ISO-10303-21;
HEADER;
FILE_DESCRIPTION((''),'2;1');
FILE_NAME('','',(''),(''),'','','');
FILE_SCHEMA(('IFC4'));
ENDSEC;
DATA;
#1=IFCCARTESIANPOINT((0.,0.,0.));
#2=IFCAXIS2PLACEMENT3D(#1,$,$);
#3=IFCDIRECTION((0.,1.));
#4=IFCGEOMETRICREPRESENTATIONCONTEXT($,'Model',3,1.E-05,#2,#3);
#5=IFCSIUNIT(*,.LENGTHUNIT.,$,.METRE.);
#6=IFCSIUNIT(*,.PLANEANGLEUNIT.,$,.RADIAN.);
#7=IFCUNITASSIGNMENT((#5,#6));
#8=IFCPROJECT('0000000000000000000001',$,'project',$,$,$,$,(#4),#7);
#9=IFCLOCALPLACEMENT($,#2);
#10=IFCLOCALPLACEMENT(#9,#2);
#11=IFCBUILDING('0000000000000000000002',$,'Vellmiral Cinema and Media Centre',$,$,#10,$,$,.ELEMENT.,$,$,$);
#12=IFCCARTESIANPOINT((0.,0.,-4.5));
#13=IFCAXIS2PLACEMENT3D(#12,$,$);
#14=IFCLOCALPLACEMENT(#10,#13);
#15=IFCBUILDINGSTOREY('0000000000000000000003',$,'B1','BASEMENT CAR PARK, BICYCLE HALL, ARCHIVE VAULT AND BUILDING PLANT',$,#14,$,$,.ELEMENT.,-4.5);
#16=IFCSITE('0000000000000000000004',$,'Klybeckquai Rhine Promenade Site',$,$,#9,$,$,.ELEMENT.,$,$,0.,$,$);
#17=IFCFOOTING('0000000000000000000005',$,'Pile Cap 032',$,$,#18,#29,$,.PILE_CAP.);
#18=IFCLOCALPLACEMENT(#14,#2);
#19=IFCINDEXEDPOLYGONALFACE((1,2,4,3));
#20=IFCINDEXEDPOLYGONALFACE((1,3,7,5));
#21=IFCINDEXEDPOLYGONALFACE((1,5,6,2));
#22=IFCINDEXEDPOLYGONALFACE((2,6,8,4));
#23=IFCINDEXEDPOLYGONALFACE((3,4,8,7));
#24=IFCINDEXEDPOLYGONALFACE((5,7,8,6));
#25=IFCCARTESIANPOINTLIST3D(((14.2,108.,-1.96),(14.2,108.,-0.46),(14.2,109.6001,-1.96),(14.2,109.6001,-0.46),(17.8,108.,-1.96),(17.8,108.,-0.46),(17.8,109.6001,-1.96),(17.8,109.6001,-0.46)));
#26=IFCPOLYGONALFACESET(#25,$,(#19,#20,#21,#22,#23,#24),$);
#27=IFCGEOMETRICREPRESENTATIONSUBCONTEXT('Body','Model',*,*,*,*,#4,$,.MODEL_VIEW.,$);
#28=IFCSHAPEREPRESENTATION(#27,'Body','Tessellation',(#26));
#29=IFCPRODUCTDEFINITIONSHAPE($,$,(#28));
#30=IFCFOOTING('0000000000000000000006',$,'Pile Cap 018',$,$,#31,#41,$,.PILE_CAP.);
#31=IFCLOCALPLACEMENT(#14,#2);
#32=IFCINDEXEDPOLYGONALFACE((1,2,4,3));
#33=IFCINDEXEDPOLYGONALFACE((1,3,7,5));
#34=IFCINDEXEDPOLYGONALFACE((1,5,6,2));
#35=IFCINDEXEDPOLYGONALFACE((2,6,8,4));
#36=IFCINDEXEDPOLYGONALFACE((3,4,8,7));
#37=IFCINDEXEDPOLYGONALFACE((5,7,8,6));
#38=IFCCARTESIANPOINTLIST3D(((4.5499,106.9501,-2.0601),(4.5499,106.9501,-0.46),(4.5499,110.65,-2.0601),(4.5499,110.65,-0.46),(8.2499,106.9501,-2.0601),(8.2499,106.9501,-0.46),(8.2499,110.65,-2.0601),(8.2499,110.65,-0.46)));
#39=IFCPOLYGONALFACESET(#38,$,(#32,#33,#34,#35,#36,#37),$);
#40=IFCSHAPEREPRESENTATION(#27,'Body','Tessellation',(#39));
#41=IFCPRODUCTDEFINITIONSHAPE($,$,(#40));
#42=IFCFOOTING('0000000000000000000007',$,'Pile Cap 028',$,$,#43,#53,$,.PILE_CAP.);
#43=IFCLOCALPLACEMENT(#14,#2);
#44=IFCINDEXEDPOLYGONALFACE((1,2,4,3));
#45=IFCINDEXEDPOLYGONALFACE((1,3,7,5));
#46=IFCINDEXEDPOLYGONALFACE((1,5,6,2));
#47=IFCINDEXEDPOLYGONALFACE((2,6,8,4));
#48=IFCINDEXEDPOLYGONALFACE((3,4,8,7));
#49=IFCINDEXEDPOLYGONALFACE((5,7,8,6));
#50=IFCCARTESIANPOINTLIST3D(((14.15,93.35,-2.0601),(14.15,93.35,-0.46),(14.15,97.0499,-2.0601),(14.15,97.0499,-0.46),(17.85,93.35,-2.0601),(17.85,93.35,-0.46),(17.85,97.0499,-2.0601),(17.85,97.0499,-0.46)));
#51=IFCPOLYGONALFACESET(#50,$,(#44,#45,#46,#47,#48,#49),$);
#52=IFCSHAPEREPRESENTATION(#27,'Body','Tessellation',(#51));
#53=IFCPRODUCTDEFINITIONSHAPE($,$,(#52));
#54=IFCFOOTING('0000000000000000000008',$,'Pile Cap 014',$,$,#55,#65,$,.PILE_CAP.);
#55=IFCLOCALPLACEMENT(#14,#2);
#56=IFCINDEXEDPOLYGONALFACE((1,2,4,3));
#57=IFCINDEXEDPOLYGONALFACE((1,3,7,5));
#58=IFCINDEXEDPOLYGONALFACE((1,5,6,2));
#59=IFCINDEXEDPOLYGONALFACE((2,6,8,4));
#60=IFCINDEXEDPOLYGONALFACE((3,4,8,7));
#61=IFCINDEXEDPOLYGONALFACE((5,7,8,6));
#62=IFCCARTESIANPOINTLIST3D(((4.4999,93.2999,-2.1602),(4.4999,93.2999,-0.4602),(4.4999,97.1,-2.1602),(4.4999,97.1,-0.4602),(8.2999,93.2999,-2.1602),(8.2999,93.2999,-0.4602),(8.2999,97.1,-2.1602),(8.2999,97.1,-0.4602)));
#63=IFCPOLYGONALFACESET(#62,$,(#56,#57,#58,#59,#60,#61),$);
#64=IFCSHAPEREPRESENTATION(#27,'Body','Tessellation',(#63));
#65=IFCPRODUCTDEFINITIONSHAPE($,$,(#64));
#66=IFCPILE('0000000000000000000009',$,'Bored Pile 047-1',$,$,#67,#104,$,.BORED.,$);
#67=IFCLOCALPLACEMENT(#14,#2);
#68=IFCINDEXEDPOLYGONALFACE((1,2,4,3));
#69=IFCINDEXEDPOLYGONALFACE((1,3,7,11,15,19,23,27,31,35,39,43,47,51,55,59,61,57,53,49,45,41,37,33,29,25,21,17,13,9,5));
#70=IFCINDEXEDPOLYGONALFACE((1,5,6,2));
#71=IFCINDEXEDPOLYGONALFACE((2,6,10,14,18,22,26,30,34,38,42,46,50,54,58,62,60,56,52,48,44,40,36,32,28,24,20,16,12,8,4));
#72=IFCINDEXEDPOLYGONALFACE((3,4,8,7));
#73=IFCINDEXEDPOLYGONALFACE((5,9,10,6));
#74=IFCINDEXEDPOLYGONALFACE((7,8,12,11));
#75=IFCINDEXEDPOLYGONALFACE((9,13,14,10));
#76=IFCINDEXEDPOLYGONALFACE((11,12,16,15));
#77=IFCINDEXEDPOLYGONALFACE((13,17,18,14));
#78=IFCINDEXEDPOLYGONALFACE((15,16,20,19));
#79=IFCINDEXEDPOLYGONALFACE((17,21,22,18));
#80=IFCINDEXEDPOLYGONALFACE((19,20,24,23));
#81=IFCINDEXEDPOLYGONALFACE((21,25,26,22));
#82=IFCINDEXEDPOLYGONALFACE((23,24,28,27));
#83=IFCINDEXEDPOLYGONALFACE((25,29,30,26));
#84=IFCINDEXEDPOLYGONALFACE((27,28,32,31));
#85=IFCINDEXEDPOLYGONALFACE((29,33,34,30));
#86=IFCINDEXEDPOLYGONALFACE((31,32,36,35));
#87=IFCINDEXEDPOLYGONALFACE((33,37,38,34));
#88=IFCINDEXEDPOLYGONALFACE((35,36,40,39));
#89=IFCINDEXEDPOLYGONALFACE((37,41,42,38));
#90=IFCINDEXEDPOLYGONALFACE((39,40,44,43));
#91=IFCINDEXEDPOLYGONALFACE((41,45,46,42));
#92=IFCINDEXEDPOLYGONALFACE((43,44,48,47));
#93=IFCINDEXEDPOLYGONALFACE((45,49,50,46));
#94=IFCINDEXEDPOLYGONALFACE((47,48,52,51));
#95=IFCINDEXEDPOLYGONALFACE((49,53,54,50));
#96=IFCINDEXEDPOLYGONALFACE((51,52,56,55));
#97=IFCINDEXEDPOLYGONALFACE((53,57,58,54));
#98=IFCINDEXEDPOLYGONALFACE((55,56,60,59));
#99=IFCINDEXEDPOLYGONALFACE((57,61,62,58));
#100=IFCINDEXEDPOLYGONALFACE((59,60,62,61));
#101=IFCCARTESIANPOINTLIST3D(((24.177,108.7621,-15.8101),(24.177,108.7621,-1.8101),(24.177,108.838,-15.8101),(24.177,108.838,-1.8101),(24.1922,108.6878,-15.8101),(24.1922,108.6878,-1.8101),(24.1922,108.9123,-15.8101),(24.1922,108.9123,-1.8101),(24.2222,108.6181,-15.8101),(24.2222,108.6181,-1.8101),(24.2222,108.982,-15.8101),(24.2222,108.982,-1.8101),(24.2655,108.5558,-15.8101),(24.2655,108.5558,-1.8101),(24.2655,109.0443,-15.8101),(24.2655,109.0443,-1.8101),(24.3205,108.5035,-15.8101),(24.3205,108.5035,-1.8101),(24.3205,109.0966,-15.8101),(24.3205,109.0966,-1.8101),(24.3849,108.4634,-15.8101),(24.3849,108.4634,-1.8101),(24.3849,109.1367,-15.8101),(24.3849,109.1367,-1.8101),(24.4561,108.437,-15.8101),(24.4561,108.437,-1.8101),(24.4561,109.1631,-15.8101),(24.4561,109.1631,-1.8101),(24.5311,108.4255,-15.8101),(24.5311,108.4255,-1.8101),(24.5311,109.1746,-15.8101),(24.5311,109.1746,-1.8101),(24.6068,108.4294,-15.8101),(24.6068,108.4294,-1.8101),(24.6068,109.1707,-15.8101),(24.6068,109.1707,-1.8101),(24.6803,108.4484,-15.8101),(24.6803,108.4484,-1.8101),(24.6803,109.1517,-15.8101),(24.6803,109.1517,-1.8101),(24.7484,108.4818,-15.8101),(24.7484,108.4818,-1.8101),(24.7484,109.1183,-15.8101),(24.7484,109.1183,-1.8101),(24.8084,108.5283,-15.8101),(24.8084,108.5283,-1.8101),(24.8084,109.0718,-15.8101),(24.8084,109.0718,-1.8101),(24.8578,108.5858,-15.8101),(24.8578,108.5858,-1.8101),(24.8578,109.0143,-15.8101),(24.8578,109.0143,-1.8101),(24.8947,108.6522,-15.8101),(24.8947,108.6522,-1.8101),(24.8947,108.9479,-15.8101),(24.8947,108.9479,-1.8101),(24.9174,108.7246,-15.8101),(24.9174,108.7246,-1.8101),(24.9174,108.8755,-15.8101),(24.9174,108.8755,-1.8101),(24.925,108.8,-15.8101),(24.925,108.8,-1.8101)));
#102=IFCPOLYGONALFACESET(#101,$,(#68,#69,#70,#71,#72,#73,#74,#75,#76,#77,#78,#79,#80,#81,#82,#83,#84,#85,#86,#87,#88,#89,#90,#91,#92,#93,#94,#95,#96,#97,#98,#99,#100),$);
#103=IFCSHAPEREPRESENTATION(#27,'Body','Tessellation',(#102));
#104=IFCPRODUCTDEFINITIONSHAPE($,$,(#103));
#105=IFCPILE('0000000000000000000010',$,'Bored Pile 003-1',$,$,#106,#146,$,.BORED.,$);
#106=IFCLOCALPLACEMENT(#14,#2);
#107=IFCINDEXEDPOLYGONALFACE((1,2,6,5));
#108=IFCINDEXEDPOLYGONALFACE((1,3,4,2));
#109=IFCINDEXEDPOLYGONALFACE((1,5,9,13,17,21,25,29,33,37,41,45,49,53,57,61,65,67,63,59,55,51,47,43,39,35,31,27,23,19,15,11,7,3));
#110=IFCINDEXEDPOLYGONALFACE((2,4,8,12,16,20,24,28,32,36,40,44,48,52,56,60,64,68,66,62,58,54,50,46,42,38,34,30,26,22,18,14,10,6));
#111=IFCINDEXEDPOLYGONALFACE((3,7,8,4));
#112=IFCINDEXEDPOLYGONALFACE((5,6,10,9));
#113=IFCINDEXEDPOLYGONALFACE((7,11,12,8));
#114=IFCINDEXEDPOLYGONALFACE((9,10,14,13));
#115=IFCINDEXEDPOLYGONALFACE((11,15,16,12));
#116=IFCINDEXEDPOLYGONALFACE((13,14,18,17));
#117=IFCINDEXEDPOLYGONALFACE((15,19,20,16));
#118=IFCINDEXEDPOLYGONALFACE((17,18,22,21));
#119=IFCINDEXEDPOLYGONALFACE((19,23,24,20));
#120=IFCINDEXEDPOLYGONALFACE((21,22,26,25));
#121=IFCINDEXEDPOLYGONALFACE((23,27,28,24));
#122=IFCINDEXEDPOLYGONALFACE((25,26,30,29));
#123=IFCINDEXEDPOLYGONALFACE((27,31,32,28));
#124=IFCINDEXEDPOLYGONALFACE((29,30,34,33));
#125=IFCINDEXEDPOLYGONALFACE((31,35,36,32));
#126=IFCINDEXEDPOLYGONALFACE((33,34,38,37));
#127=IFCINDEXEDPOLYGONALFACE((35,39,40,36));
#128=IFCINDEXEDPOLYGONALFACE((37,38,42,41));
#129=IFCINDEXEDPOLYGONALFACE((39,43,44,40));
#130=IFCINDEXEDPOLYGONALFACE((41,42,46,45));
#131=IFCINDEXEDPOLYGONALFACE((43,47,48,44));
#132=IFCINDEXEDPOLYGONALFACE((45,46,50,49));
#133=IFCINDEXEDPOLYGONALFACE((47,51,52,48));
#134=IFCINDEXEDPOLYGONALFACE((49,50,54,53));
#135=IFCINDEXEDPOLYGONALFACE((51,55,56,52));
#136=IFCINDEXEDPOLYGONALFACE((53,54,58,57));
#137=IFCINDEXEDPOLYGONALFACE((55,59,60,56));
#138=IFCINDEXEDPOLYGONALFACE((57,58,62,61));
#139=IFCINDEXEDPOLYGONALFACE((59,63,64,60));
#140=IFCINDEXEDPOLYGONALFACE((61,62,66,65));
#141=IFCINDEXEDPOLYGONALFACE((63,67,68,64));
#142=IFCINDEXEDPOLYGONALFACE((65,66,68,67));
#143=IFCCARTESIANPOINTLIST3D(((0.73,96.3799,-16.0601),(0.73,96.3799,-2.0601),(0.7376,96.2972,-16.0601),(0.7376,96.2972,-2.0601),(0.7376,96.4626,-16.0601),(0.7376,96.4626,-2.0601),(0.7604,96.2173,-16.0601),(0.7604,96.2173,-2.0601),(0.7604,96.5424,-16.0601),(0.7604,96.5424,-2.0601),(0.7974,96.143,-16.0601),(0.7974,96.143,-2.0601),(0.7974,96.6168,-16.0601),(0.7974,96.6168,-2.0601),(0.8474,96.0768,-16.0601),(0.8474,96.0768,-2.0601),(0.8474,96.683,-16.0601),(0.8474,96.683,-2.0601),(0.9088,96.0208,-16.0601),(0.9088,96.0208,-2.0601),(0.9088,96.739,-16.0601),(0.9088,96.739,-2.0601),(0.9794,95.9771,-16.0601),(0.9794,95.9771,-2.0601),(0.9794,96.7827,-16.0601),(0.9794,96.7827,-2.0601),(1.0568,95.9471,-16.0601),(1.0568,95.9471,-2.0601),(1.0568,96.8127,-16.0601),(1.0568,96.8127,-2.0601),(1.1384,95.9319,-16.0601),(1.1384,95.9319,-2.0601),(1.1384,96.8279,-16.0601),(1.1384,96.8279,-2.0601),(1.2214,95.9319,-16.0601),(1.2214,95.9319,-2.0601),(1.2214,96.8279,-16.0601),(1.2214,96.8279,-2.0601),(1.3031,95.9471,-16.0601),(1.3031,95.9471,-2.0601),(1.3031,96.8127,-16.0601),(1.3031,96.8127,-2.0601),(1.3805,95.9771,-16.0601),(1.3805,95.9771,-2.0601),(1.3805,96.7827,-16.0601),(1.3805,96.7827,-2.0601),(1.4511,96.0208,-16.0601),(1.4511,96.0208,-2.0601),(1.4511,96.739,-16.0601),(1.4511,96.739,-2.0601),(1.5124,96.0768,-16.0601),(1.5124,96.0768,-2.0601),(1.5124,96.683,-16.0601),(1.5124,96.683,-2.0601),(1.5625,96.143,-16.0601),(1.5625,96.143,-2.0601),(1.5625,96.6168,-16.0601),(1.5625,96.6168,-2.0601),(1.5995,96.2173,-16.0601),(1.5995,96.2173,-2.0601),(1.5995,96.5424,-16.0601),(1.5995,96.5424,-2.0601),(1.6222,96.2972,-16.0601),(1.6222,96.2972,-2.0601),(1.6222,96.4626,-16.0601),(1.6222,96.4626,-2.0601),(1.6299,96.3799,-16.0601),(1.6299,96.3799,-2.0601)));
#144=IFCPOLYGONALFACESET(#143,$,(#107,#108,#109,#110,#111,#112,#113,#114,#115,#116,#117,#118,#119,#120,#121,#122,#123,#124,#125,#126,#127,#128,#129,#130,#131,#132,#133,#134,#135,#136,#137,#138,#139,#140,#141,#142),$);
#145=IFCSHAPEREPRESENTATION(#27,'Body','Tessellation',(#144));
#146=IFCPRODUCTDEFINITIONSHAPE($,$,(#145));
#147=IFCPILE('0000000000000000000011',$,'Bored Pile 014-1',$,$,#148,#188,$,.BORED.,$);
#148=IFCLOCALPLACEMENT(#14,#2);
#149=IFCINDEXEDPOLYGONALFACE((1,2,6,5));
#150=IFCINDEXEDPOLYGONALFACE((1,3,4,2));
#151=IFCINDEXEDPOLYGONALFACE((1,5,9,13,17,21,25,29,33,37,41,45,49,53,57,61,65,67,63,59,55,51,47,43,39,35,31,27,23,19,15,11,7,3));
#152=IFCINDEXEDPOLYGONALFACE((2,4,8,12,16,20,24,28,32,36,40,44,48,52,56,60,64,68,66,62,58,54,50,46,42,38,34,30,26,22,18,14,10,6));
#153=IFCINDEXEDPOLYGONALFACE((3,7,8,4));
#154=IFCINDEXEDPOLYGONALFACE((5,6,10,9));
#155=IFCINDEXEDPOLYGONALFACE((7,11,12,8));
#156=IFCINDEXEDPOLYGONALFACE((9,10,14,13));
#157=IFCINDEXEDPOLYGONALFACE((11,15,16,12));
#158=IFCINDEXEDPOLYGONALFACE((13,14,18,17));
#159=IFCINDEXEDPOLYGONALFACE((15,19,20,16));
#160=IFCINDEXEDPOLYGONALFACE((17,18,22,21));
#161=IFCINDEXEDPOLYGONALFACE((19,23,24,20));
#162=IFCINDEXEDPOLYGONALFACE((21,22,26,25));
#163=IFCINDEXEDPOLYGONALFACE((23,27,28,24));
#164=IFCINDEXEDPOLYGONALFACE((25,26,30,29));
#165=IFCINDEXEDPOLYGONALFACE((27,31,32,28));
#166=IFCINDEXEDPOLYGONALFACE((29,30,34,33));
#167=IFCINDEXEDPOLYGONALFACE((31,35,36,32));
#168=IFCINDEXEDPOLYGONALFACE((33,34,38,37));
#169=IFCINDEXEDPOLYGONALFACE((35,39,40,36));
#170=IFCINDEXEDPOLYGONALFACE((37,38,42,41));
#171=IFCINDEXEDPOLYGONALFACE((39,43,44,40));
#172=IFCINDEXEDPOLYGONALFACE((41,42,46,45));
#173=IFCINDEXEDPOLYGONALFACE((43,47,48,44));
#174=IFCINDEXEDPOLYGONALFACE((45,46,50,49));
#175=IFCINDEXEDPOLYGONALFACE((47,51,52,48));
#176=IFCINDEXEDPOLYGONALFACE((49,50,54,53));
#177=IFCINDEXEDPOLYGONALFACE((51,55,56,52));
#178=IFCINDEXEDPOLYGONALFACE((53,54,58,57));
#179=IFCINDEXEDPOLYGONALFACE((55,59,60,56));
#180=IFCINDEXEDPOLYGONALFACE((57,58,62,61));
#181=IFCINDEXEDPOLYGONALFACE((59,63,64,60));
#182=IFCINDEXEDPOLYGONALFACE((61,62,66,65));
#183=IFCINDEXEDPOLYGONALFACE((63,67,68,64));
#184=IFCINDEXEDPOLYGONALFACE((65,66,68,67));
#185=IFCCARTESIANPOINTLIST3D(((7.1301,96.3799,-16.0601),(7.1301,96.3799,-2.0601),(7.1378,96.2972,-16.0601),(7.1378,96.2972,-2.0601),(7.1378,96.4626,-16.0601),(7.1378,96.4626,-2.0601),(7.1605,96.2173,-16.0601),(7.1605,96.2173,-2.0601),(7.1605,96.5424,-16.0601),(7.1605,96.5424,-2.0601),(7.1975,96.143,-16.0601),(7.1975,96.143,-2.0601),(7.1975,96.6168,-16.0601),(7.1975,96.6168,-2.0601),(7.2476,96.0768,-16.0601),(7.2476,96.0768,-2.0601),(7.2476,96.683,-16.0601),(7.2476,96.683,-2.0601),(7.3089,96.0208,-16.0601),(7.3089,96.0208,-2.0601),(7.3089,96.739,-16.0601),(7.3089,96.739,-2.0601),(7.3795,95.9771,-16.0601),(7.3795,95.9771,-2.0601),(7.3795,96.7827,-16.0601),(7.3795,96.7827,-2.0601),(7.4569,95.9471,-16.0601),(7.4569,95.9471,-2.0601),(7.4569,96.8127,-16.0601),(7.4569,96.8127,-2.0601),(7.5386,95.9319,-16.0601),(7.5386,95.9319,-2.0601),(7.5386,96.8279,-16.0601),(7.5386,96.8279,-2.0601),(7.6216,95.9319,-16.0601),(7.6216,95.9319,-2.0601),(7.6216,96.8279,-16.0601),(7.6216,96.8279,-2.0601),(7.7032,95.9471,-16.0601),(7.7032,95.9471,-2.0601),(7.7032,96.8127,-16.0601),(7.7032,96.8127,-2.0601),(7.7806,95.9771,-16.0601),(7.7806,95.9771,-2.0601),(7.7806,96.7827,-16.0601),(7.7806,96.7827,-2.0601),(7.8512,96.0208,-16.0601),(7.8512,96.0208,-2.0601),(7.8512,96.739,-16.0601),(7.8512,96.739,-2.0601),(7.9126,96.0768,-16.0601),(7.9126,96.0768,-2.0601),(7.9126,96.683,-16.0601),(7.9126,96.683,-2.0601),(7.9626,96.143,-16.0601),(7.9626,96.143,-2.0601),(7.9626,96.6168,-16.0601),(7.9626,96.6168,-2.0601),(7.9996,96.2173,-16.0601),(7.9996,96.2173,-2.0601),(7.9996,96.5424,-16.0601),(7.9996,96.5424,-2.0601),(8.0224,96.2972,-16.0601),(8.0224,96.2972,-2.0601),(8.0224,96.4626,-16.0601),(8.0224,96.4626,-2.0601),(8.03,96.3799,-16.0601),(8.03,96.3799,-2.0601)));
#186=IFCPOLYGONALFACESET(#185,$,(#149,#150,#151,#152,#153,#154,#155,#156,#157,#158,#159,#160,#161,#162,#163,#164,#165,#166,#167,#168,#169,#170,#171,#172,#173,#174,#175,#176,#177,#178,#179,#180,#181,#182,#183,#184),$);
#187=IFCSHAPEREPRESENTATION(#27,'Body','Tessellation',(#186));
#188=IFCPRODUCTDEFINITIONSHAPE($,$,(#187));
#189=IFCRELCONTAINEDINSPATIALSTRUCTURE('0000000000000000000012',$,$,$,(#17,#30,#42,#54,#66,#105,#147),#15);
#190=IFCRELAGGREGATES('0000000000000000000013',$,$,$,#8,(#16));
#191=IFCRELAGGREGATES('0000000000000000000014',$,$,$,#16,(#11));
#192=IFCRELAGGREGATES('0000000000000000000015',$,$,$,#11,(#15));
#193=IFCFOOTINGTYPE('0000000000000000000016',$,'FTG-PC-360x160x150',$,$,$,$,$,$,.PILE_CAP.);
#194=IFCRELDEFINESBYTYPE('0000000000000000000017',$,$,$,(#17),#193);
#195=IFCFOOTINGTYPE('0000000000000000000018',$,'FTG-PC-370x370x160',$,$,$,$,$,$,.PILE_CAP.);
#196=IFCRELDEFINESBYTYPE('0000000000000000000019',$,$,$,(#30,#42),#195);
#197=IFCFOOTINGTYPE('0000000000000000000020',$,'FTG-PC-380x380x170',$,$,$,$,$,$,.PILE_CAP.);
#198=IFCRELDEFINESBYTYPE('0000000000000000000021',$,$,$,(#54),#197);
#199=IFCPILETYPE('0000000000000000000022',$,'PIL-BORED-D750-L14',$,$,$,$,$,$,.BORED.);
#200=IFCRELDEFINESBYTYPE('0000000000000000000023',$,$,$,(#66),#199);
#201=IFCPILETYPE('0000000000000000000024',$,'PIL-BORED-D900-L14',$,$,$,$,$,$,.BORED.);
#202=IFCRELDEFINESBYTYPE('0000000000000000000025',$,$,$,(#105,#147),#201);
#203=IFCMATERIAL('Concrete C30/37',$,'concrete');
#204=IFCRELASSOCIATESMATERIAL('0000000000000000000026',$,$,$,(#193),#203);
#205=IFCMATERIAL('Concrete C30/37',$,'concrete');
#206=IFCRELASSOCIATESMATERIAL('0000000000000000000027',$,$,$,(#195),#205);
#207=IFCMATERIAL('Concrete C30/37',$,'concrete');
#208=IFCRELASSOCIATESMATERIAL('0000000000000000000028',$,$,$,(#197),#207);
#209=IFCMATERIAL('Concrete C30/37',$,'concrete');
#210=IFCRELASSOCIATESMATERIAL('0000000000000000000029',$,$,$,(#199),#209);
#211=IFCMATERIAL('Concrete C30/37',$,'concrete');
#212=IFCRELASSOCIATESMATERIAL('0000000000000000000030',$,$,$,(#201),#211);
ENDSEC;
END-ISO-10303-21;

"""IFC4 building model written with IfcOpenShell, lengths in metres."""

from ifc_helpers import new_model, si_unit, direction, frame, origin, origin_2d, place, context, subcontext, project, spatial, rectangle, circle, extrude, material, material_profile, profile_set, type_object, element, save


model = new_model("IFC4")

# Units and contexts
model_context = context("Model", 3, precision=1e-05, world=origin(), true_north=direction((0.0, 1.0)))
body_context = subcontext(model_context, "Body", "Model", "MODEL_VIEW")
ifc_project = project(units=[si_unit("LENGTHUNIT", "METRE"), si_unit("PLANEANGLEUNIT", "RADIAN")], contexts=[model_context])

# Site, building, storey
site_placement = place(None, origin())
site = spatial("IfcSite", under=ifc_project, at=site_placement, Name="Klybeckquai Rhine Promenade Site", CompositionType="ELEMENT", RefElevation=0.0)
building_placement = place(site_placement, origin())
building = spatial("IfcBuilding", under=site, at=building_placement, Name="Vellmiral Cinema and Media Centre", CompositionType="ELEMENT")
storey_placement = place(building_placement, frame((0.0, 0.0, -4.5)))
storey = spatial("IfcBuildingStorey", under=building, at=storey_placement, Name="B1", Description="BASEMENT CAR PARK, BICYCLE HALL, ARCHIVE VAULT AND BUILDING PLANT", CompositionType="ELEMENT", Elevation=-4.5)

# Footings
ifc_material_1 = material(Name="Concrete C30/37", Category="concrete")
footing_type_1 = type_object("IfcFootingType", Name="FTG-PC-360x160x150", PredefinedType="PILE_CAP", material=ifc_material_1)
footing_1_placement = place(storey_placement, frame((16.0, 108.8, -1.96), z_axis=(0.0, 0.0, 1.0), x_axis=(1.0, 0.0, 0.0)))
element("IfcFooting", 1, at=footing_1_placement, inside=storey, type_object=footing_type_1, Name="Pile Cap 032", PredefinedType="PILE_CAP", context=body_context, shape_type="SweptSolid", body=[
    extrude(rectangle(XDim=3.6001, YDim=1.6001, at=origin_2d()), origin(), (0.0, 0.0, 1.0), 1.5),
])
ifc_material_2 = material(Name="Concrete C30/37", Category="concrete")
footing_type_2 = type_object("IfcFootingType", Name="FTG-PC-370x370x160", PredefinedType="PILE_CAP", material=ifc_material_2)
for number, where, z_axis, x_axis, name in (
    (2, (6.3999, 108.8, -2.0601), (0.0, 0.0, 1.0), (1.0, 0.0, 0.0), "Pile Cap 018"),
    (3, (16.0, 95.2, -2.0601), (0.0, 0.0, 1.0), (1.0, 0.0, 0.0), "Pile Cap 028"),
):
    element("IfcFooting", number, at=place(storey_placement, frame(where, z_axis=z_axis, x_axis=x_axis)), inside=storey, type_object=footing_type_2, Name=name, PredefinedType="PILE_CAP", context=body_context, shape_type="SweptSolid", body=[
        extrude(rectangle(XDim=3.7, YDim=3.7, at=origin_2d()), origin(), (0.0, 0.0, 1.0), 1.6001),
    ])
ifc_material_3 = material(Name="Concrete C30/37", Category="concrete")
footing_type_3 = type_object("IfcFootingType", Name="FTG-PC-380x380x170", PredefinedType="PILE_CAP", material=ifc_material_3)
footing_2_placement = place(storey_placement, frame((6.3999, 95.2, -2.1602), z_axis=(0.0, 0.0, 1.0), x_axis=(1.0, 0.0, 0.0)))
element("IfcFooting", 4, at=footing_2_placement, inside=storey, type_object=footing_type_3, Name="Pile Cap 014", PredefinedType="PILE_CAP", context=body_context, shape_type="SweptSolid", body=[
    extrude(rectangle(XDim=3.8, YDim=3.8, at=origin_2d()), origin(), (0.0, 0.0, 1.0), 1.7),
])

# Piles
ifc_material_4 = material(Name="Concrete C30/37", Category="concrete")
ifc_material_profile_1 = material_profile(ifc_material_4, circle(Radius=0.375, at=origin_2d()), Name="PILE D750")
ifc_profile_set_1 = profile_set([ifc_material_profile_1], Name="Concrete C30/37")
pile_type_1 = type_object("IfcPileType", Name="PIL-BORED-D750-L14", PredefinedType="BORED", material=ifc_profile_set_1)
pile_placement = place(storey_placement, frame((24.55, 108.8, -1.8101), z_axis=(0.0, 0.0, -1.0), x_axis=(1.0, 0.0, 0.0)))
element("IfcPile", 5, at=pile_placement, inside=storey, type_object=pile_type_1, Name="Bored Pile 047-1", PredefinedType="BORED", context=body_context, shape_type="SweptSolid", body=[
    extrude(circle(Radius=0.375, at=origin_2d()), origin(), (0.0, 0.0, 1.0), 14.0),
])
ifc_material_5 = material(Name="Concrete C30/37", Category="concrete")
ifc_material_profile_2 = material_profile(ifc_material_5, circle(Radius=0.45, at=origin_2d()), Name="PILE D900")
ifc_profile_set_2 = profile_set([ifc_material_profile_2], Name="Concrete C30/37")
pile_type_2 = type_object("IfcPileType", Name="PIL-BORED-D900-L14", PredefinedType="BORED", material=ifc_profile_set_2)
for number, where, z_axis, x_axis, name in (
    (6, (1.1799, 96.3799, -2.0601), (0.0, 0.0, -1.0), (1.0, 0.0, 0.0), "Bored Pile 003-1"),
    (7, (7.5801, 96.3799, -2.0601), (0.0, 0.0, -1.0), (1.0, 0.0, 0.0), "Bored Pile 014-1"),
):
    element("IfcPile", number, at=place(storey_placement, frame(where, z_axis=z_axis, x_axis=x_axis)), inside=storey, type_object=pile_type_2, Name=name, PredefinedType="BORED", context=body_context, shape_type="SweptSolid", body=[
        extrude(circle(Radius=0.45, at=origin_2d()), origin(), (0.0, 0.0, 1.0), 14.0),
    ])

save(model, "model.ifc")
